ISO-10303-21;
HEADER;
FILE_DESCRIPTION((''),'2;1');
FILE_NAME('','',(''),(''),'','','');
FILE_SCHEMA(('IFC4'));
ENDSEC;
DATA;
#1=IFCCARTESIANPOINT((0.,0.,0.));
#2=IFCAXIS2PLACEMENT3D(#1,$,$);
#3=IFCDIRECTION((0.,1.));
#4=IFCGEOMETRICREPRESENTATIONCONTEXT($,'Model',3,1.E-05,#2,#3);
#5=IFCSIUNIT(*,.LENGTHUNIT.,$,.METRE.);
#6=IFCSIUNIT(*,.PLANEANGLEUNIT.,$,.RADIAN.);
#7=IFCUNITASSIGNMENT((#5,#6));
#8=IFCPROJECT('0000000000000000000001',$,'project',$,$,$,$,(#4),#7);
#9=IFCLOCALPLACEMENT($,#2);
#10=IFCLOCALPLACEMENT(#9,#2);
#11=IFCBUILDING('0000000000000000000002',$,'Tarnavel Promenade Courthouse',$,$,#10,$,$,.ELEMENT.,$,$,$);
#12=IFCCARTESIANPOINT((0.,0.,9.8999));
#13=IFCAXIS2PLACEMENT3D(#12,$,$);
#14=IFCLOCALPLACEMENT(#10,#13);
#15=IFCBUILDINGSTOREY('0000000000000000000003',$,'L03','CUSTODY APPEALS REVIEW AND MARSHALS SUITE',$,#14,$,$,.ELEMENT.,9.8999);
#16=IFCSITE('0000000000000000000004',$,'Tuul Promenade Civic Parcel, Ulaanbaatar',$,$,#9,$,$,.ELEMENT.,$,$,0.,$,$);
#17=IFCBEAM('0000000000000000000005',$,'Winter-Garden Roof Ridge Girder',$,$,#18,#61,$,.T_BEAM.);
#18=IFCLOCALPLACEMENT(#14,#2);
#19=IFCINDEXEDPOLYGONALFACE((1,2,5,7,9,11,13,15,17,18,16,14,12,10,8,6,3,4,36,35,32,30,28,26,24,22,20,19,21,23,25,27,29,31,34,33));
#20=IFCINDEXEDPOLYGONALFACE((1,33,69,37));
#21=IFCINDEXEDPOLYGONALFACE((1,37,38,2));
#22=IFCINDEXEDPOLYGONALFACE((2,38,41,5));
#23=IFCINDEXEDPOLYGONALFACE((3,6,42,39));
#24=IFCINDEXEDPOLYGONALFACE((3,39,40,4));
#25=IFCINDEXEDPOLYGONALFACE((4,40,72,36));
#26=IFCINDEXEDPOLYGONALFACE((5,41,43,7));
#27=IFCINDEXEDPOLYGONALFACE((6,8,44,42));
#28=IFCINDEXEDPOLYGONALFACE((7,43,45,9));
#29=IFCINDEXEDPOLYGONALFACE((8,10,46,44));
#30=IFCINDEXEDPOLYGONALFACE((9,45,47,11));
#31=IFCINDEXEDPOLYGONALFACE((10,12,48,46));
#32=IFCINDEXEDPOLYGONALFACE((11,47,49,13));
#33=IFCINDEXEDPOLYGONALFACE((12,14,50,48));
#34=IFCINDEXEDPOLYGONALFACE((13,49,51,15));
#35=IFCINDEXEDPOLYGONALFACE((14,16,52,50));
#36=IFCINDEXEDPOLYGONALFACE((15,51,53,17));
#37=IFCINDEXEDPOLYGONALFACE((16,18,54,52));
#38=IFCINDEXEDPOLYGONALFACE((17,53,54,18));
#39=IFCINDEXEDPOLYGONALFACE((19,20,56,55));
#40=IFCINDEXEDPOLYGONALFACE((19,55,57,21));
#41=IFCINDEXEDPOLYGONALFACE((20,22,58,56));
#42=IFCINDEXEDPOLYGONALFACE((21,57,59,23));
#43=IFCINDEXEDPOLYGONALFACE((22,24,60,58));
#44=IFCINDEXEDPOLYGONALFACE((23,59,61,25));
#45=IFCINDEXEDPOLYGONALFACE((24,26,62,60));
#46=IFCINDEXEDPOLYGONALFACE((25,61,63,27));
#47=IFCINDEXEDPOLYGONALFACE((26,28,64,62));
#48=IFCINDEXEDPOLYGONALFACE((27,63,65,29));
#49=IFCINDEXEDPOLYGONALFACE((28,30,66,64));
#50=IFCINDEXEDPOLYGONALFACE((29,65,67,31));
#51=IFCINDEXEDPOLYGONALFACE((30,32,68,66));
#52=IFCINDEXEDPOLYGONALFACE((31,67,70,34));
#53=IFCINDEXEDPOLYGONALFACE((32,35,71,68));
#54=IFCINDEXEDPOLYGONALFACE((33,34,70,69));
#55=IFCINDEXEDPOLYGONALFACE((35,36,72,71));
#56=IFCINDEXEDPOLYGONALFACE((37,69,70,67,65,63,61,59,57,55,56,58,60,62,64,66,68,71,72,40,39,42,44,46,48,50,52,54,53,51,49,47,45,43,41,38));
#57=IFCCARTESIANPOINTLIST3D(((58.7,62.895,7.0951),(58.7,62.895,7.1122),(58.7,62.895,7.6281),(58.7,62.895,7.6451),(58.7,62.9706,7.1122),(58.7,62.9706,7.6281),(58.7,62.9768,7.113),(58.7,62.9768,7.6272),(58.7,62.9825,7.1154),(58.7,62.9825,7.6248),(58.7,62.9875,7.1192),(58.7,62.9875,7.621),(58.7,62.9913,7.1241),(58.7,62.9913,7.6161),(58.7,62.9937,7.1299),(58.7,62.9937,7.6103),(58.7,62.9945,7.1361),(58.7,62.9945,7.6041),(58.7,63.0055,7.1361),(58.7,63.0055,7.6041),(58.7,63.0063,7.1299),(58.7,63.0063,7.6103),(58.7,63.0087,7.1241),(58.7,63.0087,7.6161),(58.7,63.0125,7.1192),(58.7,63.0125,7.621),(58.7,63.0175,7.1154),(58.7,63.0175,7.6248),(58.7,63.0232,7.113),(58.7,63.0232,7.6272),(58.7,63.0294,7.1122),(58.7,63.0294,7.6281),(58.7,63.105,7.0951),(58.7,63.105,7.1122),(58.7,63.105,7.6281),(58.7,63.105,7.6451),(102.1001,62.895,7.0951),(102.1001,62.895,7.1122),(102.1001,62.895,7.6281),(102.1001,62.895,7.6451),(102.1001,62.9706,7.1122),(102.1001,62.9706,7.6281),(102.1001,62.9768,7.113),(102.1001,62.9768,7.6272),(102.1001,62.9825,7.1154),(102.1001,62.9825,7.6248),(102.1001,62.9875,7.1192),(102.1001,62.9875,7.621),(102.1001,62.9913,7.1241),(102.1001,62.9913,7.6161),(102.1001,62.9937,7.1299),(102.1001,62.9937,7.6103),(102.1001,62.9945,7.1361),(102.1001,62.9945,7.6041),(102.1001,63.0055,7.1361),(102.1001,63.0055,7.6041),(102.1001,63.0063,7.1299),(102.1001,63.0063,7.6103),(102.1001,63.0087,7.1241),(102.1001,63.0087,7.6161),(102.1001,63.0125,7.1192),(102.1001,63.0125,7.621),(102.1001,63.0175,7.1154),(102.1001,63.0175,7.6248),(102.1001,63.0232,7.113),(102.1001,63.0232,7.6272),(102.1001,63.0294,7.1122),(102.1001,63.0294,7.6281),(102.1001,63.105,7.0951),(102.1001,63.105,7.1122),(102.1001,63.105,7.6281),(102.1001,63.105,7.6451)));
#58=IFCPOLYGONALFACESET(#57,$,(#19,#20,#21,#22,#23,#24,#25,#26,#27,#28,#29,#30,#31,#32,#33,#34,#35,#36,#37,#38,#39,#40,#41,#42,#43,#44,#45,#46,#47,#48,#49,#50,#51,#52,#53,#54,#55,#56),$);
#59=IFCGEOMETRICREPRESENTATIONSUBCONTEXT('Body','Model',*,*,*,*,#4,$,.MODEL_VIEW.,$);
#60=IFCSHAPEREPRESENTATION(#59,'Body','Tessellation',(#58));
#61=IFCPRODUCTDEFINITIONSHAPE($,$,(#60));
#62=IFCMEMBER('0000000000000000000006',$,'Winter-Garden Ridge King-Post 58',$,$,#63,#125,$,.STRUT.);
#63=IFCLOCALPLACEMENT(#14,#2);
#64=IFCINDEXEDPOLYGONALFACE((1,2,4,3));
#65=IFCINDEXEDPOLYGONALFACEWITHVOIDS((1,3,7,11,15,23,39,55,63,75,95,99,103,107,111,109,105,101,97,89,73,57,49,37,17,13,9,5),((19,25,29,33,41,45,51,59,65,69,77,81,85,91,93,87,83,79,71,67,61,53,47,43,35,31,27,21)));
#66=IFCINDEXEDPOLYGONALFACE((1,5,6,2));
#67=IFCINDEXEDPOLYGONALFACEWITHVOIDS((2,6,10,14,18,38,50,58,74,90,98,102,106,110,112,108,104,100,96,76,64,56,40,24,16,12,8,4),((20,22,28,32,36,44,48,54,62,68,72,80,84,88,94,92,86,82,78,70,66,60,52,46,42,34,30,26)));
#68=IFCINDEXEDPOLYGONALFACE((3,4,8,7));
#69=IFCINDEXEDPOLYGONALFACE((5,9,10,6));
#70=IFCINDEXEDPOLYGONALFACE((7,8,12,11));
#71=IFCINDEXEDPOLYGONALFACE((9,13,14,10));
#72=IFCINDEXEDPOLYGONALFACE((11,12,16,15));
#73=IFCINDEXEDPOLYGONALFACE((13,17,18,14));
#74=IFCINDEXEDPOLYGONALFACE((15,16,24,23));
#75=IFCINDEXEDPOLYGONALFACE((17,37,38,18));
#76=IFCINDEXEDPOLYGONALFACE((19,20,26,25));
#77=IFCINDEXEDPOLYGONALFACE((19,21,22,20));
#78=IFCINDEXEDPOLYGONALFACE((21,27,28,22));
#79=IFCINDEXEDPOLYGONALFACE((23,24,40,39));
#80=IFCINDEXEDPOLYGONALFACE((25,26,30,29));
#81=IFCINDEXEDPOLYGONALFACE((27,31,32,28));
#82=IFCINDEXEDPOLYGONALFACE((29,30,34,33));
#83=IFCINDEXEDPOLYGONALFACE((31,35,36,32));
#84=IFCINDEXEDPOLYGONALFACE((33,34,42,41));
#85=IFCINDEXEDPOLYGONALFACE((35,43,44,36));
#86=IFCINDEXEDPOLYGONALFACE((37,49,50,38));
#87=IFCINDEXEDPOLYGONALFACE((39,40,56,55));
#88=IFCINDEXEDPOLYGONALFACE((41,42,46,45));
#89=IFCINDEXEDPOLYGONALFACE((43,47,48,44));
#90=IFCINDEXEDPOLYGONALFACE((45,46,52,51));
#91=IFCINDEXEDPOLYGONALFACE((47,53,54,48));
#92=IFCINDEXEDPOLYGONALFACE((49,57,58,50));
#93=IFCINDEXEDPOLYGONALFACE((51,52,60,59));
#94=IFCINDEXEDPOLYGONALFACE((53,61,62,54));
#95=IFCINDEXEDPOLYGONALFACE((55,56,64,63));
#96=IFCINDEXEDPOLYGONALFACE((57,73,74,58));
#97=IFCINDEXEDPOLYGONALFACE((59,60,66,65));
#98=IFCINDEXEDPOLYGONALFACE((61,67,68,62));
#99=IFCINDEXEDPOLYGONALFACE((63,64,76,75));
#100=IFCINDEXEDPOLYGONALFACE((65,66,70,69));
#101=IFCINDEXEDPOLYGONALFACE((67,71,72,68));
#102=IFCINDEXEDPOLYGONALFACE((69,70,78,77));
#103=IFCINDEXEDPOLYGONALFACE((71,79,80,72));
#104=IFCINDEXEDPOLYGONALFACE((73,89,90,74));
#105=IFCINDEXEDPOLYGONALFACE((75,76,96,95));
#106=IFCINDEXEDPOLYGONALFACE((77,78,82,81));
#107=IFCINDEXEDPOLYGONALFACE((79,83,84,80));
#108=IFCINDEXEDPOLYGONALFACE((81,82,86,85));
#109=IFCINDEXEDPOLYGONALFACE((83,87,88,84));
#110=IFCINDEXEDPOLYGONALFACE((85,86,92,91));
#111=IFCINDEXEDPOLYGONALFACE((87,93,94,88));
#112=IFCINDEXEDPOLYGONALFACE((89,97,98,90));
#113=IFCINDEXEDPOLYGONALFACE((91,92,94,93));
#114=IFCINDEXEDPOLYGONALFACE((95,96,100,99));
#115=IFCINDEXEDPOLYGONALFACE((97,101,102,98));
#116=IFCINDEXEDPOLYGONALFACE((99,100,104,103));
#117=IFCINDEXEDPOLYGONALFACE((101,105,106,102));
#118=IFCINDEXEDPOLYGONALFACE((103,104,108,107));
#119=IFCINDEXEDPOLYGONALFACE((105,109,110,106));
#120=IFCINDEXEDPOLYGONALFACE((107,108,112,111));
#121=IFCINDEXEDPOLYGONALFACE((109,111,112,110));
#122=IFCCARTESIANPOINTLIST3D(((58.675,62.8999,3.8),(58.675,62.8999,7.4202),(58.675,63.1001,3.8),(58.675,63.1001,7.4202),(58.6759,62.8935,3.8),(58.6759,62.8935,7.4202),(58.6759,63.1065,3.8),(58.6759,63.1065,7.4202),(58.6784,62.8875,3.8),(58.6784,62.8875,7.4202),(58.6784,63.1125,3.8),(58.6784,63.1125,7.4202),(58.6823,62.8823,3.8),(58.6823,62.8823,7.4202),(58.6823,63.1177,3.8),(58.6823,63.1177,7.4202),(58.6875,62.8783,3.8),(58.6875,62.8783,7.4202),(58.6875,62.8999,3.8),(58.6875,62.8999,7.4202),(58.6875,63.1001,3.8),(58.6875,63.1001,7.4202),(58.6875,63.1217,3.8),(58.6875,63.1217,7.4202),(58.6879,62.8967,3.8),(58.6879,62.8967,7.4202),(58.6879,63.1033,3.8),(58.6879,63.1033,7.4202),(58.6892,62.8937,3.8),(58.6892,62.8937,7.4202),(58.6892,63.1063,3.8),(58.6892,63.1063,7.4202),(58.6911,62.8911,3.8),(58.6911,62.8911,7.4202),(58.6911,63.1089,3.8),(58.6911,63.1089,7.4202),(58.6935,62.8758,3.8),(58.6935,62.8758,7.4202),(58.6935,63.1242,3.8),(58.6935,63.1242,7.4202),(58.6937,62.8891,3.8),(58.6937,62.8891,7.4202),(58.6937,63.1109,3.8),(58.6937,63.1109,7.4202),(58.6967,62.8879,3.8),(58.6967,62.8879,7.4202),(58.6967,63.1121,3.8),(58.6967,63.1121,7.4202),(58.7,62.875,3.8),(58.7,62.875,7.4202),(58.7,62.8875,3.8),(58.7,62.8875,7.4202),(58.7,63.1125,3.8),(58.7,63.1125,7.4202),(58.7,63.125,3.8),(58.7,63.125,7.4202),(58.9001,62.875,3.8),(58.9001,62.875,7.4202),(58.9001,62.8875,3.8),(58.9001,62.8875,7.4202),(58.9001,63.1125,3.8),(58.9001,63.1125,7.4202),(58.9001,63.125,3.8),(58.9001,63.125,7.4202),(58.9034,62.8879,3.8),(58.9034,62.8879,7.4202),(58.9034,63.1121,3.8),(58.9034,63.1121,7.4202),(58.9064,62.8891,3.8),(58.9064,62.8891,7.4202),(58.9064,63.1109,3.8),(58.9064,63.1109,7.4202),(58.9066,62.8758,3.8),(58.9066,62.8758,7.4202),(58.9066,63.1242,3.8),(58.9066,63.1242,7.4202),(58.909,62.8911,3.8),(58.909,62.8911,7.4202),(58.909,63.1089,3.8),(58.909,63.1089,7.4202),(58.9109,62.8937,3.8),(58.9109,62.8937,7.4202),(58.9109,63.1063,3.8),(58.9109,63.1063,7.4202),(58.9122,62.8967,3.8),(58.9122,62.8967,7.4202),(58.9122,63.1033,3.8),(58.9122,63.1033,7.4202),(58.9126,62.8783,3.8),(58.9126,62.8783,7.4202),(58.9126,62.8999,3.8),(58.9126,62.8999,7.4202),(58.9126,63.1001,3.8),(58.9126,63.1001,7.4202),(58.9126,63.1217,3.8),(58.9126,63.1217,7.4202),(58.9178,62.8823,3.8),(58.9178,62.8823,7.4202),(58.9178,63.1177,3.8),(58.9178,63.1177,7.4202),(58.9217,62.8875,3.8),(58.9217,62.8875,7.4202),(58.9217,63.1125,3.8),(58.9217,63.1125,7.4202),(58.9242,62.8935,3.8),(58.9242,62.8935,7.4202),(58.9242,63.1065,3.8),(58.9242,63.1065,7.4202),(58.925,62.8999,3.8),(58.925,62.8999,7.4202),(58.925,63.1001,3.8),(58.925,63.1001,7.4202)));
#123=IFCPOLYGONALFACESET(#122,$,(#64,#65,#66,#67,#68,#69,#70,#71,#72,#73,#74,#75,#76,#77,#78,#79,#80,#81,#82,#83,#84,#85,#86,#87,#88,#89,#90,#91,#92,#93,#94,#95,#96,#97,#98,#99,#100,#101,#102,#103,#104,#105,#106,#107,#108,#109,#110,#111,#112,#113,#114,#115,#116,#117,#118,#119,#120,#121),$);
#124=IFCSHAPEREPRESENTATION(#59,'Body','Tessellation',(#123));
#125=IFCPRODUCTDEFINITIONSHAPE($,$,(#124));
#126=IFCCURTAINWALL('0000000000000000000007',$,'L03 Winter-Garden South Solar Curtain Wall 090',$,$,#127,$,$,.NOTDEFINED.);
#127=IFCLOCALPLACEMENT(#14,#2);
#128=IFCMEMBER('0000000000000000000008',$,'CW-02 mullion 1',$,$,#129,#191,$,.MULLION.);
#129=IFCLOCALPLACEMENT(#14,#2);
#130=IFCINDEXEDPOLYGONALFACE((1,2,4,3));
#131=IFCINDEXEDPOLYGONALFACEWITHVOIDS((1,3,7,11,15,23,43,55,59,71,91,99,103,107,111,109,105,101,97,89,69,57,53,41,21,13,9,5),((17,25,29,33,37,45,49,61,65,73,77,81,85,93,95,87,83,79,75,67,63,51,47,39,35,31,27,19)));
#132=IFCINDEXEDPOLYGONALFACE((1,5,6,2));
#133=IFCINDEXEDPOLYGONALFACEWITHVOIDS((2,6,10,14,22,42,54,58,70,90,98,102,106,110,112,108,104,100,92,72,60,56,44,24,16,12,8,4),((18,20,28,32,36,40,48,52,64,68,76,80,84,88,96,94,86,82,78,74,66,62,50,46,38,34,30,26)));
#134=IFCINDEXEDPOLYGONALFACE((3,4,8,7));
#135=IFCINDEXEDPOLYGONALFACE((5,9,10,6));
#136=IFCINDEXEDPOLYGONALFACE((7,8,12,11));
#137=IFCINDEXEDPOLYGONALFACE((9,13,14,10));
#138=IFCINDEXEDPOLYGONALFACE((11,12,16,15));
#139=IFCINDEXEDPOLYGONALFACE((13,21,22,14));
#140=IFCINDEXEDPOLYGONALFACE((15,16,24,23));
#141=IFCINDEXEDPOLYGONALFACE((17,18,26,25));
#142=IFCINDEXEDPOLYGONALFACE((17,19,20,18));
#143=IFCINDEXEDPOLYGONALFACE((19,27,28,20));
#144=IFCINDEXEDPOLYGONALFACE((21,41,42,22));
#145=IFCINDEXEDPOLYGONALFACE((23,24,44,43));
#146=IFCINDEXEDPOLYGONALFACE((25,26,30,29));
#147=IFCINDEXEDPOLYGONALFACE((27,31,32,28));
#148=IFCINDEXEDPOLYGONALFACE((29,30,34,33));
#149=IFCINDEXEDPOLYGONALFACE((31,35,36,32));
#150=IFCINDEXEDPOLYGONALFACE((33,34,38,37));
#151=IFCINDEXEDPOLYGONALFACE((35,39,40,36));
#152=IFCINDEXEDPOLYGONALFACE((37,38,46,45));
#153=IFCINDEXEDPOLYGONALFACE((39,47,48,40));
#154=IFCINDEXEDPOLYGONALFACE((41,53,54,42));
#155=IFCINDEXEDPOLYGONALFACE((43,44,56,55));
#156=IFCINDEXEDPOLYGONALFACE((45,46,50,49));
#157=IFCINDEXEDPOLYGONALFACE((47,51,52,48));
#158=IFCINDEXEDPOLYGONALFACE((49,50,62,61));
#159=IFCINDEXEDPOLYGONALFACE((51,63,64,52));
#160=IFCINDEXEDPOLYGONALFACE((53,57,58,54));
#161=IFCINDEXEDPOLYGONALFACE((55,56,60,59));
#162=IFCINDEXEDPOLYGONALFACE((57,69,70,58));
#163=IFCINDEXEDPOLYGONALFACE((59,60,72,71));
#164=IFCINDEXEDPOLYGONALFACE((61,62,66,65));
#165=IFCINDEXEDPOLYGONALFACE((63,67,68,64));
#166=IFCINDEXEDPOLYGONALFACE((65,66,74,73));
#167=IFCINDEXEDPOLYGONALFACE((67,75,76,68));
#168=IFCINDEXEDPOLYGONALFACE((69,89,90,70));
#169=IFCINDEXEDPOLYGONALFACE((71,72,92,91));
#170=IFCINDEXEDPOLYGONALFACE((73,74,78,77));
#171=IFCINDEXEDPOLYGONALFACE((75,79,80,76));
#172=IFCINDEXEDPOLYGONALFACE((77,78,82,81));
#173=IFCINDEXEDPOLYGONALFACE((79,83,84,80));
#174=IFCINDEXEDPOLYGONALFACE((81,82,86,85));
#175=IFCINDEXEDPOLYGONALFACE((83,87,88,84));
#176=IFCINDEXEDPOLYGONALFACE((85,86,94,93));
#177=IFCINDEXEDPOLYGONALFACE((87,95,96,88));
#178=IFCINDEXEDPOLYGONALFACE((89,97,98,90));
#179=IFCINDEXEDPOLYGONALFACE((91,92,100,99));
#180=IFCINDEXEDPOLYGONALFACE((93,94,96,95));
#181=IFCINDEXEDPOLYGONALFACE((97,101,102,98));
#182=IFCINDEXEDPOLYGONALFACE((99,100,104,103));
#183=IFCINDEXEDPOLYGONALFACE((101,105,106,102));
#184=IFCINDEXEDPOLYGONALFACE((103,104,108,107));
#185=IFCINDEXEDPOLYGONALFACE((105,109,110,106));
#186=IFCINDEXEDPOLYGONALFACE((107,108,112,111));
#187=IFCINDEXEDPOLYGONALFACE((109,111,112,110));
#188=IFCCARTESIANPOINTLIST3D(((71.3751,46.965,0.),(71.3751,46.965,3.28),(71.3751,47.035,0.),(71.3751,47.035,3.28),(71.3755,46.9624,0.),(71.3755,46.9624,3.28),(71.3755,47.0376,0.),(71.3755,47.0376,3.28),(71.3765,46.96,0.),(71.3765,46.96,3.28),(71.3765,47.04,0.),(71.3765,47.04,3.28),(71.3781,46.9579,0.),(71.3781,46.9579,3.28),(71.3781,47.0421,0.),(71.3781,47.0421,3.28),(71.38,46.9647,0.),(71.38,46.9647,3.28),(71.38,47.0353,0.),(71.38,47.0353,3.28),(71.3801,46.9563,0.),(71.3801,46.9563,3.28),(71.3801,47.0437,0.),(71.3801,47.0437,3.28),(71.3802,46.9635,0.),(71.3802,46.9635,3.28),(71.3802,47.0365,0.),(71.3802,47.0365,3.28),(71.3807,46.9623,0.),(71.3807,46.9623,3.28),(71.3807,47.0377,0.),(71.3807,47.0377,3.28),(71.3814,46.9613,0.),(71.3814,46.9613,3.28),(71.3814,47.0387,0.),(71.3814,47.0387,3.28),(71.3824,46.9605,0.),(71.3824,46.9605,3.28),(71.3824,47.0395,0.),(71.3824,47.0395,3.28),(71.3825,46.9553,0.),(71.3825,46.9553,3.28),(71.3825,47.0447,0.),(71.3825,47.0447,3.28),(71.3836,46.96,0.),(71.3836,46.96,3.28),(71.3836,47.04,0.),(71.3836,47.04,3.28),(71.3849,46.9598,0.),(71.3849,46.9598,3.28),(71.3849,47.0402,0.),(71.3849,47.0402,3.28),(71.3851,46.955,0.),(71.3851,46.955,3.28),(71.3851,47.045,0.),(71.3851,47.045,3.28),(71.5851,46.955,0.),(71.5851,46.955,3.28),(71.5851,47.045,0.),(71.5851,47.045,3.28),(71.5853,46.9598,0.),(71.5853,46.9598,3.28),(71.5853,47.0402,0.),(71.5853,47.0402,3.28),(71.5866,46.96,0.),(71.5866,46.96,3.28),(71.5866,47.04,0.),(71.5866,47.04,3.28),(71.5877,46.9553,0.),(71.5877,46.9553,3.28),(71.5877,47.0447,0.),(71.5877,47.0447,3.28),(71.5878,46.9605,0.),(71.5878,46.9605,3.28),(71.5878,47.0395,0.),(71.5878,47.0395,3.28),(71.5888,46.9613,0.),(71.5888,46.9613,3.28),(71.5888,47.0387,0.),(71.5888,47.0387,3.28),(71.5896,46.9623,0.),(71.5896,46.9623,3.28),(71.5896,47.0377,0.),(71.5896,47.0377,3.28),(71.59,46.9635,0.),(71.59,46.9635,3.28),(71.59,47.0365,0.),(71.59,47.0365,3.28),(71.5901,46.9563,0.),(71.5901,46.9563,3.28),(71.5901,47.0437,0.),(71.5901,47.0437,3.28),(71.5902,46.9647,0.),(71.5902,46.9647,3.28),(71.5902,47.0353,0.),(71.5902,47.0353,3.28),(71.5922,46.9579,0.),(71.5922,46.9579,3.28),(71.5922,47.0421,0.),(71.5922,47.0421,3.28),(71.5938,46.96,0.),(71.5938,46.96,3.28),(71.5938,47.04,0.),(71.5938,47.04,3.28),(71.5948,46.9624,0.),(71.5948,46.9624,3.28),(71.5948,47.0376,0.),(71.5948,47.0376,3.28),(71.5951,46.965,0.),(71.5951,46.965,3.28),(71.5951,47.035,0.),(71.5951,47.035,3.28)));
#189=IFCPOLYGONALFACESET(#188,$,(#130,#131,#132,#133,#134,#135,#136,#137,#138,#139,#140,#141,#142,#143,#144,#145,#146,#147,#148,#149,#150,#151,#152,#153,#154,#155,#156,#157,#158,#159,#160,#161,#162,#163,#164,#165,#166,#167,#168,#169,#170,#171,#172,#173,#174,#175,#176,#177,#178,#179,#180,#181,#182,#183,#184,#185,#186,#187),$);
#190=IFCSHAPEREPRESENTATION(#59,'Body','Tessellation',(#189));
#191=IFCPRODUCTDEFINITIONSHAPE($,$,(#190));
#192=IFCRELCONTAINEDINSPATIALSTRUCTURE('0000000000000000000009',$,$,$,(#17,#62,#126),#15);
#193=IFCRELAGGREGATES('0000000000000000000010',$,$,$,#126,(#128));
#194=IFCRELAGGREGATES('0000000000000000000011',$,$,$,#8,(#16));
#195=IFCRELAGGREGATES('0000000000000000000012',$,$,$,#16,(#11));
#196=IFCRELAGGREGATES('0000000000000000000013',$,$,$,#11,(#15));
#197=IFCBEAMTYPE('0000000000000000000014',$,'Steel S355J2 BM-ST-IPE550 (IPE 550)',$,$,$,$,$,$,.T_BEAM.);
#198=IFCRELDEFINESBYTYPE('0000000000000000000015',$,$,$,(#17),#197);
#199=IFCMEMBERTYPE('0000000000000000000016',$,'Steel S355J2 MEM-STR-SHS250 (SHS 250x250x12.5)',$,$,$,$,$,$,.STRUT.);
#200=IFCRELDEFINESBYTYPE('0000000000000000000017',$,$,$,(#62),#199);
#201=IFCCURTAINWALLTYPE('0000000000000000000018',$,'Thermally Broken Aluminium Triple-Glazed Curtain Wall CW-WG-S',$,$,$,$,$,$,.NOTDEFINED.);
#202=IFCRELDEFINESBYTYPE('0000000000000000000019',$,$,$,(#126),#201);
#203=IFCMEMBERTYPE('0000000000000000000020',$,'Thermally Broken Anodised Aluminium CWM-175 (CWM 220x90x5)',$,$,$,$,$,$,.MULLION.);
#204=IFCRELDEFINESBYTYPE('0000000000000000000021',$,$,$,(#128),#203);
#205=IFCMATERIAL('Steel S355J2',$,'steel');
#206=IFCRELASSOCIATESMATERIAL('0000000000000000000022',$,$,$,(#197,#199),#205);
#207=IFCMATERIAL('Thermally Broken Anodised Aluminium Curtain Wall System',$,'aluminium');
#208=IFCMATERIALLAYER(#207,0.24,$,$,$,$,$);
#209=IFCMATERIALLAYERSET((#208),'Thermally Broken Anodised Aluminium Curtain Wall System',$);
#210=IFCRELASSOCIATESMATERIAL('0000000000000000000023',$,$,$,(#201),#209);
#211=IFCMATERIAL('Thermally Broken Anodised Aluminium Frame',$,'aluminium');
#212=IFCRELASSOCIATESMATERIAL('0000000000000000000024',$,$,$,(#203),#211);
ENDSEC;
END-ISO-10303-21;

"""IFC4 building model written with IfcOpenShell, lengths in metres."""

from ifc_helpers import new_model, si_unit, direction, frame, origin, origin_2d, place, context, subcontext, project, spatial, hollow_rectangle, i_section, extrude, material, layer, layer_set, material_profile, profile_set, type_object, element, aggregate, save


model = new_model("IFC4")

# Units and contexts
model_context = context("Model", 3, precision=1e-05, world=origin(), true_north=direction((0.0, 1.0)))
body_context = subcontext(model_context, "Body", "Model", "MODEL_VIEW")
ifc_project = project(units=[si_unit("LENGTHUNIT", "METRE"), si_unit("PLANEANGLEUNIT", "RADIAN")], contexts=[model_context])

# Site, building, storey
site_placement = place(None, origin())
site = spatial("IfcSite", under=ifc_project, at=site_placement, Name="Tuul Promenade Civic Parcel, Ulaanbaatar", CompositionType="ELEMENT", RefElevation=0.0)
building_placement = place(site_placement, origin())
building = spatial("IfcBuilding", under=site, at=building_placement, Name="Tarnavel Promenade Courthouse", CompositionType="ELEMENT")
storey_placement = place(building_placement, frame((0.0, 0.0, 9.8999)))
storey = spatial("IfcBuildingStorey", under=building, at=storey_placement, Name="L03", Description="CUSTODY APPEALS REVIEW AND MARSHALS SUITE", CompositionType="ELEMENT", Elevation=9.8999)

# Beam
ifc_material_1 = material(Name="Steel S355J2", Category="steel")
ifc_material_profile_1 = material_profile(ifc_material_1, i_section(OverallWidth=0.21, OverallDepth=0.55, WebThickness=0.011, FlangeThickness=0.0171, FilletRadius=0.0239, at=origin_2d()), Name="IPE 550")
ifc_profile_set_1 = profile_set([ifc_material_profile_1], Name="Steel S355J2")
beam_type_1 = type_object("IfcBeamType", Name="Steel S355J2 BM-ST-IPE550 (IPE 550)", PredefinedType="T_BEAM", material=ifc_profile_set_1)
beam_placement = place(storey_placement, frame((58.7, 63.0, 7.3701), z_axis=(1.0, 0.0, 0.0), x_axis=(0.0, 1.0, 0.0)))
element("IfcBeam", 1, at=beam_placement, inside=storey, type_object=beam_type_1, Name="Winter-Garden Roof Ridge Girder", PredefinedType="T_BEAM", context=body_context, shape_type="SweptSolid", body=[
    extrude(i_section(OverallWidth=0.21, OverallDepth=0.55, WebThickness=0.011, FlangeThickness=0.0171, FilletRadius=0.0239, at=origin_2d()), origin(), (0.0, 0.0, 1.0), 43.4001),
])

# Member
ifc_material_profile_2 = material_profile(ifc_material_1, hollow_rectangle(XDim=0.25, YDim=0.25, WallThickness=0.0125, InnerFilletRadius=0.0125, OuterFilletRadius=0.0249, at=origin_2d()), Name="SHS 250x250x12.5")
ifc_profile_set_2 = profile_set([ifc_material_profile_2], Name="Steel S355J2")
member_type_1 = type_object("IfcMemberType", Name="Steel S355J2 MEM-STR-SHS250 (SHS 250x250x12.5)", PredefinedType="STRUT", material=ifc_profile_set_2)
member_1_placement = place(storey_placement, frame((58.8, 63.0, 3.8), z_axis=(0.0, 0.0, 1.0), x_axis=(1.0, 0.0, 0.0)))
element("IfcMember", 2, at=member_1_placement, inside=storey, type_object=member_type_1, Name="Winter-Garden Ridge King-Post 58", PredefinedType="STRUT", context=body_context, shape_type="SweptSolid", body=[
    extrude(hollow_rectangle(XDim=0.25, YDim=0.25, WallThickness=0.0125, InnerFilletRadius=0.0125, OuterFilletRadius=0.0249, at=origin_2d()), origin(), (0.0, 0.0, 1.0), 3.6201),
])

# Curtain wall, member
ifc_material_2 = material(Name="Thermally Broken Anodised Aluminium Curtain Wall System", Category="aluminium")
ifc_layer_1 = layer(ifc_material_2, 0.24)
ifc_layer_set_1 = layer_set([ifc_layer_1], Name="Thermally Broken Anodised Aluminium Curtain Wall System")
curtain_wall_type = type_object("IfcCurtainWallType", Name="Thermally Broken Aluminium Triple-Glazed Curtain Wall CW-WG-S", PredefinedType="NOTDEFINED", material=ifc_layer_set_1)
curtain_wall_placement = place(storey_placement, origin())
curtain_wall = element("IfcCurtainWall", 3, at=curtain_wall_placement, inside=storey, type_object=curtain_wall_type, Name="L03 Winter-Garden South Solar Curtain Wall 090", PredefinedType="NOTDEFINED")
ifc_material_3 = material(Name="Thermally Broken Anodised Aluminium Frame", Category="aluminium")
ifc_material_profile_3 = material_profile(ifc_material_3, hollow_rectangle(XDim=0.0901, YDim=0.22, WallThickness=0.0049, InnerFilletRadius=0.0049, OuterFilletRadius=0.01, at=origin_2d()), Name="CWM 220x90x5")
ifc_profile_set_3 = profile_set([ifc_material_profile_3], Name="Thermally Broken Anodised Aluminium Frame")
member_type_2 = type_object("IfcMemberType", Name="Thermally Broken Anodised Aluminium CWM-175 (CWM 220x90x5)", PredefinedType="MULLION", material=ifc_profile_set_3)
member_2_placement = place(storey_placement, frame((71.4851, 47.0, 0.0), z_axis=(0.0, 0.0, 1.0), x_axis=(0.0, 1.0, 0.0)))
member_2 = element("IfcMember", 4, at=member_2_placement, type_object=member_type_2, Name="CW-02 mullion 1", PredefinedType="MULLION", context=body_context, shape_type="SweptSolid", body=[
    extrude(hollow_rectangle(XDim=0.0901, YDim=0.22, WallThickness=0.0049, InnerFilletRadius=0.0049, OuterFilletRadius=0.01, at=origin_2d()), origin(), (0.0, 0.0, 1.0), 3.28),
])
aggregate(curtain_wall, [member_2])

save(model, "model.ifc")
